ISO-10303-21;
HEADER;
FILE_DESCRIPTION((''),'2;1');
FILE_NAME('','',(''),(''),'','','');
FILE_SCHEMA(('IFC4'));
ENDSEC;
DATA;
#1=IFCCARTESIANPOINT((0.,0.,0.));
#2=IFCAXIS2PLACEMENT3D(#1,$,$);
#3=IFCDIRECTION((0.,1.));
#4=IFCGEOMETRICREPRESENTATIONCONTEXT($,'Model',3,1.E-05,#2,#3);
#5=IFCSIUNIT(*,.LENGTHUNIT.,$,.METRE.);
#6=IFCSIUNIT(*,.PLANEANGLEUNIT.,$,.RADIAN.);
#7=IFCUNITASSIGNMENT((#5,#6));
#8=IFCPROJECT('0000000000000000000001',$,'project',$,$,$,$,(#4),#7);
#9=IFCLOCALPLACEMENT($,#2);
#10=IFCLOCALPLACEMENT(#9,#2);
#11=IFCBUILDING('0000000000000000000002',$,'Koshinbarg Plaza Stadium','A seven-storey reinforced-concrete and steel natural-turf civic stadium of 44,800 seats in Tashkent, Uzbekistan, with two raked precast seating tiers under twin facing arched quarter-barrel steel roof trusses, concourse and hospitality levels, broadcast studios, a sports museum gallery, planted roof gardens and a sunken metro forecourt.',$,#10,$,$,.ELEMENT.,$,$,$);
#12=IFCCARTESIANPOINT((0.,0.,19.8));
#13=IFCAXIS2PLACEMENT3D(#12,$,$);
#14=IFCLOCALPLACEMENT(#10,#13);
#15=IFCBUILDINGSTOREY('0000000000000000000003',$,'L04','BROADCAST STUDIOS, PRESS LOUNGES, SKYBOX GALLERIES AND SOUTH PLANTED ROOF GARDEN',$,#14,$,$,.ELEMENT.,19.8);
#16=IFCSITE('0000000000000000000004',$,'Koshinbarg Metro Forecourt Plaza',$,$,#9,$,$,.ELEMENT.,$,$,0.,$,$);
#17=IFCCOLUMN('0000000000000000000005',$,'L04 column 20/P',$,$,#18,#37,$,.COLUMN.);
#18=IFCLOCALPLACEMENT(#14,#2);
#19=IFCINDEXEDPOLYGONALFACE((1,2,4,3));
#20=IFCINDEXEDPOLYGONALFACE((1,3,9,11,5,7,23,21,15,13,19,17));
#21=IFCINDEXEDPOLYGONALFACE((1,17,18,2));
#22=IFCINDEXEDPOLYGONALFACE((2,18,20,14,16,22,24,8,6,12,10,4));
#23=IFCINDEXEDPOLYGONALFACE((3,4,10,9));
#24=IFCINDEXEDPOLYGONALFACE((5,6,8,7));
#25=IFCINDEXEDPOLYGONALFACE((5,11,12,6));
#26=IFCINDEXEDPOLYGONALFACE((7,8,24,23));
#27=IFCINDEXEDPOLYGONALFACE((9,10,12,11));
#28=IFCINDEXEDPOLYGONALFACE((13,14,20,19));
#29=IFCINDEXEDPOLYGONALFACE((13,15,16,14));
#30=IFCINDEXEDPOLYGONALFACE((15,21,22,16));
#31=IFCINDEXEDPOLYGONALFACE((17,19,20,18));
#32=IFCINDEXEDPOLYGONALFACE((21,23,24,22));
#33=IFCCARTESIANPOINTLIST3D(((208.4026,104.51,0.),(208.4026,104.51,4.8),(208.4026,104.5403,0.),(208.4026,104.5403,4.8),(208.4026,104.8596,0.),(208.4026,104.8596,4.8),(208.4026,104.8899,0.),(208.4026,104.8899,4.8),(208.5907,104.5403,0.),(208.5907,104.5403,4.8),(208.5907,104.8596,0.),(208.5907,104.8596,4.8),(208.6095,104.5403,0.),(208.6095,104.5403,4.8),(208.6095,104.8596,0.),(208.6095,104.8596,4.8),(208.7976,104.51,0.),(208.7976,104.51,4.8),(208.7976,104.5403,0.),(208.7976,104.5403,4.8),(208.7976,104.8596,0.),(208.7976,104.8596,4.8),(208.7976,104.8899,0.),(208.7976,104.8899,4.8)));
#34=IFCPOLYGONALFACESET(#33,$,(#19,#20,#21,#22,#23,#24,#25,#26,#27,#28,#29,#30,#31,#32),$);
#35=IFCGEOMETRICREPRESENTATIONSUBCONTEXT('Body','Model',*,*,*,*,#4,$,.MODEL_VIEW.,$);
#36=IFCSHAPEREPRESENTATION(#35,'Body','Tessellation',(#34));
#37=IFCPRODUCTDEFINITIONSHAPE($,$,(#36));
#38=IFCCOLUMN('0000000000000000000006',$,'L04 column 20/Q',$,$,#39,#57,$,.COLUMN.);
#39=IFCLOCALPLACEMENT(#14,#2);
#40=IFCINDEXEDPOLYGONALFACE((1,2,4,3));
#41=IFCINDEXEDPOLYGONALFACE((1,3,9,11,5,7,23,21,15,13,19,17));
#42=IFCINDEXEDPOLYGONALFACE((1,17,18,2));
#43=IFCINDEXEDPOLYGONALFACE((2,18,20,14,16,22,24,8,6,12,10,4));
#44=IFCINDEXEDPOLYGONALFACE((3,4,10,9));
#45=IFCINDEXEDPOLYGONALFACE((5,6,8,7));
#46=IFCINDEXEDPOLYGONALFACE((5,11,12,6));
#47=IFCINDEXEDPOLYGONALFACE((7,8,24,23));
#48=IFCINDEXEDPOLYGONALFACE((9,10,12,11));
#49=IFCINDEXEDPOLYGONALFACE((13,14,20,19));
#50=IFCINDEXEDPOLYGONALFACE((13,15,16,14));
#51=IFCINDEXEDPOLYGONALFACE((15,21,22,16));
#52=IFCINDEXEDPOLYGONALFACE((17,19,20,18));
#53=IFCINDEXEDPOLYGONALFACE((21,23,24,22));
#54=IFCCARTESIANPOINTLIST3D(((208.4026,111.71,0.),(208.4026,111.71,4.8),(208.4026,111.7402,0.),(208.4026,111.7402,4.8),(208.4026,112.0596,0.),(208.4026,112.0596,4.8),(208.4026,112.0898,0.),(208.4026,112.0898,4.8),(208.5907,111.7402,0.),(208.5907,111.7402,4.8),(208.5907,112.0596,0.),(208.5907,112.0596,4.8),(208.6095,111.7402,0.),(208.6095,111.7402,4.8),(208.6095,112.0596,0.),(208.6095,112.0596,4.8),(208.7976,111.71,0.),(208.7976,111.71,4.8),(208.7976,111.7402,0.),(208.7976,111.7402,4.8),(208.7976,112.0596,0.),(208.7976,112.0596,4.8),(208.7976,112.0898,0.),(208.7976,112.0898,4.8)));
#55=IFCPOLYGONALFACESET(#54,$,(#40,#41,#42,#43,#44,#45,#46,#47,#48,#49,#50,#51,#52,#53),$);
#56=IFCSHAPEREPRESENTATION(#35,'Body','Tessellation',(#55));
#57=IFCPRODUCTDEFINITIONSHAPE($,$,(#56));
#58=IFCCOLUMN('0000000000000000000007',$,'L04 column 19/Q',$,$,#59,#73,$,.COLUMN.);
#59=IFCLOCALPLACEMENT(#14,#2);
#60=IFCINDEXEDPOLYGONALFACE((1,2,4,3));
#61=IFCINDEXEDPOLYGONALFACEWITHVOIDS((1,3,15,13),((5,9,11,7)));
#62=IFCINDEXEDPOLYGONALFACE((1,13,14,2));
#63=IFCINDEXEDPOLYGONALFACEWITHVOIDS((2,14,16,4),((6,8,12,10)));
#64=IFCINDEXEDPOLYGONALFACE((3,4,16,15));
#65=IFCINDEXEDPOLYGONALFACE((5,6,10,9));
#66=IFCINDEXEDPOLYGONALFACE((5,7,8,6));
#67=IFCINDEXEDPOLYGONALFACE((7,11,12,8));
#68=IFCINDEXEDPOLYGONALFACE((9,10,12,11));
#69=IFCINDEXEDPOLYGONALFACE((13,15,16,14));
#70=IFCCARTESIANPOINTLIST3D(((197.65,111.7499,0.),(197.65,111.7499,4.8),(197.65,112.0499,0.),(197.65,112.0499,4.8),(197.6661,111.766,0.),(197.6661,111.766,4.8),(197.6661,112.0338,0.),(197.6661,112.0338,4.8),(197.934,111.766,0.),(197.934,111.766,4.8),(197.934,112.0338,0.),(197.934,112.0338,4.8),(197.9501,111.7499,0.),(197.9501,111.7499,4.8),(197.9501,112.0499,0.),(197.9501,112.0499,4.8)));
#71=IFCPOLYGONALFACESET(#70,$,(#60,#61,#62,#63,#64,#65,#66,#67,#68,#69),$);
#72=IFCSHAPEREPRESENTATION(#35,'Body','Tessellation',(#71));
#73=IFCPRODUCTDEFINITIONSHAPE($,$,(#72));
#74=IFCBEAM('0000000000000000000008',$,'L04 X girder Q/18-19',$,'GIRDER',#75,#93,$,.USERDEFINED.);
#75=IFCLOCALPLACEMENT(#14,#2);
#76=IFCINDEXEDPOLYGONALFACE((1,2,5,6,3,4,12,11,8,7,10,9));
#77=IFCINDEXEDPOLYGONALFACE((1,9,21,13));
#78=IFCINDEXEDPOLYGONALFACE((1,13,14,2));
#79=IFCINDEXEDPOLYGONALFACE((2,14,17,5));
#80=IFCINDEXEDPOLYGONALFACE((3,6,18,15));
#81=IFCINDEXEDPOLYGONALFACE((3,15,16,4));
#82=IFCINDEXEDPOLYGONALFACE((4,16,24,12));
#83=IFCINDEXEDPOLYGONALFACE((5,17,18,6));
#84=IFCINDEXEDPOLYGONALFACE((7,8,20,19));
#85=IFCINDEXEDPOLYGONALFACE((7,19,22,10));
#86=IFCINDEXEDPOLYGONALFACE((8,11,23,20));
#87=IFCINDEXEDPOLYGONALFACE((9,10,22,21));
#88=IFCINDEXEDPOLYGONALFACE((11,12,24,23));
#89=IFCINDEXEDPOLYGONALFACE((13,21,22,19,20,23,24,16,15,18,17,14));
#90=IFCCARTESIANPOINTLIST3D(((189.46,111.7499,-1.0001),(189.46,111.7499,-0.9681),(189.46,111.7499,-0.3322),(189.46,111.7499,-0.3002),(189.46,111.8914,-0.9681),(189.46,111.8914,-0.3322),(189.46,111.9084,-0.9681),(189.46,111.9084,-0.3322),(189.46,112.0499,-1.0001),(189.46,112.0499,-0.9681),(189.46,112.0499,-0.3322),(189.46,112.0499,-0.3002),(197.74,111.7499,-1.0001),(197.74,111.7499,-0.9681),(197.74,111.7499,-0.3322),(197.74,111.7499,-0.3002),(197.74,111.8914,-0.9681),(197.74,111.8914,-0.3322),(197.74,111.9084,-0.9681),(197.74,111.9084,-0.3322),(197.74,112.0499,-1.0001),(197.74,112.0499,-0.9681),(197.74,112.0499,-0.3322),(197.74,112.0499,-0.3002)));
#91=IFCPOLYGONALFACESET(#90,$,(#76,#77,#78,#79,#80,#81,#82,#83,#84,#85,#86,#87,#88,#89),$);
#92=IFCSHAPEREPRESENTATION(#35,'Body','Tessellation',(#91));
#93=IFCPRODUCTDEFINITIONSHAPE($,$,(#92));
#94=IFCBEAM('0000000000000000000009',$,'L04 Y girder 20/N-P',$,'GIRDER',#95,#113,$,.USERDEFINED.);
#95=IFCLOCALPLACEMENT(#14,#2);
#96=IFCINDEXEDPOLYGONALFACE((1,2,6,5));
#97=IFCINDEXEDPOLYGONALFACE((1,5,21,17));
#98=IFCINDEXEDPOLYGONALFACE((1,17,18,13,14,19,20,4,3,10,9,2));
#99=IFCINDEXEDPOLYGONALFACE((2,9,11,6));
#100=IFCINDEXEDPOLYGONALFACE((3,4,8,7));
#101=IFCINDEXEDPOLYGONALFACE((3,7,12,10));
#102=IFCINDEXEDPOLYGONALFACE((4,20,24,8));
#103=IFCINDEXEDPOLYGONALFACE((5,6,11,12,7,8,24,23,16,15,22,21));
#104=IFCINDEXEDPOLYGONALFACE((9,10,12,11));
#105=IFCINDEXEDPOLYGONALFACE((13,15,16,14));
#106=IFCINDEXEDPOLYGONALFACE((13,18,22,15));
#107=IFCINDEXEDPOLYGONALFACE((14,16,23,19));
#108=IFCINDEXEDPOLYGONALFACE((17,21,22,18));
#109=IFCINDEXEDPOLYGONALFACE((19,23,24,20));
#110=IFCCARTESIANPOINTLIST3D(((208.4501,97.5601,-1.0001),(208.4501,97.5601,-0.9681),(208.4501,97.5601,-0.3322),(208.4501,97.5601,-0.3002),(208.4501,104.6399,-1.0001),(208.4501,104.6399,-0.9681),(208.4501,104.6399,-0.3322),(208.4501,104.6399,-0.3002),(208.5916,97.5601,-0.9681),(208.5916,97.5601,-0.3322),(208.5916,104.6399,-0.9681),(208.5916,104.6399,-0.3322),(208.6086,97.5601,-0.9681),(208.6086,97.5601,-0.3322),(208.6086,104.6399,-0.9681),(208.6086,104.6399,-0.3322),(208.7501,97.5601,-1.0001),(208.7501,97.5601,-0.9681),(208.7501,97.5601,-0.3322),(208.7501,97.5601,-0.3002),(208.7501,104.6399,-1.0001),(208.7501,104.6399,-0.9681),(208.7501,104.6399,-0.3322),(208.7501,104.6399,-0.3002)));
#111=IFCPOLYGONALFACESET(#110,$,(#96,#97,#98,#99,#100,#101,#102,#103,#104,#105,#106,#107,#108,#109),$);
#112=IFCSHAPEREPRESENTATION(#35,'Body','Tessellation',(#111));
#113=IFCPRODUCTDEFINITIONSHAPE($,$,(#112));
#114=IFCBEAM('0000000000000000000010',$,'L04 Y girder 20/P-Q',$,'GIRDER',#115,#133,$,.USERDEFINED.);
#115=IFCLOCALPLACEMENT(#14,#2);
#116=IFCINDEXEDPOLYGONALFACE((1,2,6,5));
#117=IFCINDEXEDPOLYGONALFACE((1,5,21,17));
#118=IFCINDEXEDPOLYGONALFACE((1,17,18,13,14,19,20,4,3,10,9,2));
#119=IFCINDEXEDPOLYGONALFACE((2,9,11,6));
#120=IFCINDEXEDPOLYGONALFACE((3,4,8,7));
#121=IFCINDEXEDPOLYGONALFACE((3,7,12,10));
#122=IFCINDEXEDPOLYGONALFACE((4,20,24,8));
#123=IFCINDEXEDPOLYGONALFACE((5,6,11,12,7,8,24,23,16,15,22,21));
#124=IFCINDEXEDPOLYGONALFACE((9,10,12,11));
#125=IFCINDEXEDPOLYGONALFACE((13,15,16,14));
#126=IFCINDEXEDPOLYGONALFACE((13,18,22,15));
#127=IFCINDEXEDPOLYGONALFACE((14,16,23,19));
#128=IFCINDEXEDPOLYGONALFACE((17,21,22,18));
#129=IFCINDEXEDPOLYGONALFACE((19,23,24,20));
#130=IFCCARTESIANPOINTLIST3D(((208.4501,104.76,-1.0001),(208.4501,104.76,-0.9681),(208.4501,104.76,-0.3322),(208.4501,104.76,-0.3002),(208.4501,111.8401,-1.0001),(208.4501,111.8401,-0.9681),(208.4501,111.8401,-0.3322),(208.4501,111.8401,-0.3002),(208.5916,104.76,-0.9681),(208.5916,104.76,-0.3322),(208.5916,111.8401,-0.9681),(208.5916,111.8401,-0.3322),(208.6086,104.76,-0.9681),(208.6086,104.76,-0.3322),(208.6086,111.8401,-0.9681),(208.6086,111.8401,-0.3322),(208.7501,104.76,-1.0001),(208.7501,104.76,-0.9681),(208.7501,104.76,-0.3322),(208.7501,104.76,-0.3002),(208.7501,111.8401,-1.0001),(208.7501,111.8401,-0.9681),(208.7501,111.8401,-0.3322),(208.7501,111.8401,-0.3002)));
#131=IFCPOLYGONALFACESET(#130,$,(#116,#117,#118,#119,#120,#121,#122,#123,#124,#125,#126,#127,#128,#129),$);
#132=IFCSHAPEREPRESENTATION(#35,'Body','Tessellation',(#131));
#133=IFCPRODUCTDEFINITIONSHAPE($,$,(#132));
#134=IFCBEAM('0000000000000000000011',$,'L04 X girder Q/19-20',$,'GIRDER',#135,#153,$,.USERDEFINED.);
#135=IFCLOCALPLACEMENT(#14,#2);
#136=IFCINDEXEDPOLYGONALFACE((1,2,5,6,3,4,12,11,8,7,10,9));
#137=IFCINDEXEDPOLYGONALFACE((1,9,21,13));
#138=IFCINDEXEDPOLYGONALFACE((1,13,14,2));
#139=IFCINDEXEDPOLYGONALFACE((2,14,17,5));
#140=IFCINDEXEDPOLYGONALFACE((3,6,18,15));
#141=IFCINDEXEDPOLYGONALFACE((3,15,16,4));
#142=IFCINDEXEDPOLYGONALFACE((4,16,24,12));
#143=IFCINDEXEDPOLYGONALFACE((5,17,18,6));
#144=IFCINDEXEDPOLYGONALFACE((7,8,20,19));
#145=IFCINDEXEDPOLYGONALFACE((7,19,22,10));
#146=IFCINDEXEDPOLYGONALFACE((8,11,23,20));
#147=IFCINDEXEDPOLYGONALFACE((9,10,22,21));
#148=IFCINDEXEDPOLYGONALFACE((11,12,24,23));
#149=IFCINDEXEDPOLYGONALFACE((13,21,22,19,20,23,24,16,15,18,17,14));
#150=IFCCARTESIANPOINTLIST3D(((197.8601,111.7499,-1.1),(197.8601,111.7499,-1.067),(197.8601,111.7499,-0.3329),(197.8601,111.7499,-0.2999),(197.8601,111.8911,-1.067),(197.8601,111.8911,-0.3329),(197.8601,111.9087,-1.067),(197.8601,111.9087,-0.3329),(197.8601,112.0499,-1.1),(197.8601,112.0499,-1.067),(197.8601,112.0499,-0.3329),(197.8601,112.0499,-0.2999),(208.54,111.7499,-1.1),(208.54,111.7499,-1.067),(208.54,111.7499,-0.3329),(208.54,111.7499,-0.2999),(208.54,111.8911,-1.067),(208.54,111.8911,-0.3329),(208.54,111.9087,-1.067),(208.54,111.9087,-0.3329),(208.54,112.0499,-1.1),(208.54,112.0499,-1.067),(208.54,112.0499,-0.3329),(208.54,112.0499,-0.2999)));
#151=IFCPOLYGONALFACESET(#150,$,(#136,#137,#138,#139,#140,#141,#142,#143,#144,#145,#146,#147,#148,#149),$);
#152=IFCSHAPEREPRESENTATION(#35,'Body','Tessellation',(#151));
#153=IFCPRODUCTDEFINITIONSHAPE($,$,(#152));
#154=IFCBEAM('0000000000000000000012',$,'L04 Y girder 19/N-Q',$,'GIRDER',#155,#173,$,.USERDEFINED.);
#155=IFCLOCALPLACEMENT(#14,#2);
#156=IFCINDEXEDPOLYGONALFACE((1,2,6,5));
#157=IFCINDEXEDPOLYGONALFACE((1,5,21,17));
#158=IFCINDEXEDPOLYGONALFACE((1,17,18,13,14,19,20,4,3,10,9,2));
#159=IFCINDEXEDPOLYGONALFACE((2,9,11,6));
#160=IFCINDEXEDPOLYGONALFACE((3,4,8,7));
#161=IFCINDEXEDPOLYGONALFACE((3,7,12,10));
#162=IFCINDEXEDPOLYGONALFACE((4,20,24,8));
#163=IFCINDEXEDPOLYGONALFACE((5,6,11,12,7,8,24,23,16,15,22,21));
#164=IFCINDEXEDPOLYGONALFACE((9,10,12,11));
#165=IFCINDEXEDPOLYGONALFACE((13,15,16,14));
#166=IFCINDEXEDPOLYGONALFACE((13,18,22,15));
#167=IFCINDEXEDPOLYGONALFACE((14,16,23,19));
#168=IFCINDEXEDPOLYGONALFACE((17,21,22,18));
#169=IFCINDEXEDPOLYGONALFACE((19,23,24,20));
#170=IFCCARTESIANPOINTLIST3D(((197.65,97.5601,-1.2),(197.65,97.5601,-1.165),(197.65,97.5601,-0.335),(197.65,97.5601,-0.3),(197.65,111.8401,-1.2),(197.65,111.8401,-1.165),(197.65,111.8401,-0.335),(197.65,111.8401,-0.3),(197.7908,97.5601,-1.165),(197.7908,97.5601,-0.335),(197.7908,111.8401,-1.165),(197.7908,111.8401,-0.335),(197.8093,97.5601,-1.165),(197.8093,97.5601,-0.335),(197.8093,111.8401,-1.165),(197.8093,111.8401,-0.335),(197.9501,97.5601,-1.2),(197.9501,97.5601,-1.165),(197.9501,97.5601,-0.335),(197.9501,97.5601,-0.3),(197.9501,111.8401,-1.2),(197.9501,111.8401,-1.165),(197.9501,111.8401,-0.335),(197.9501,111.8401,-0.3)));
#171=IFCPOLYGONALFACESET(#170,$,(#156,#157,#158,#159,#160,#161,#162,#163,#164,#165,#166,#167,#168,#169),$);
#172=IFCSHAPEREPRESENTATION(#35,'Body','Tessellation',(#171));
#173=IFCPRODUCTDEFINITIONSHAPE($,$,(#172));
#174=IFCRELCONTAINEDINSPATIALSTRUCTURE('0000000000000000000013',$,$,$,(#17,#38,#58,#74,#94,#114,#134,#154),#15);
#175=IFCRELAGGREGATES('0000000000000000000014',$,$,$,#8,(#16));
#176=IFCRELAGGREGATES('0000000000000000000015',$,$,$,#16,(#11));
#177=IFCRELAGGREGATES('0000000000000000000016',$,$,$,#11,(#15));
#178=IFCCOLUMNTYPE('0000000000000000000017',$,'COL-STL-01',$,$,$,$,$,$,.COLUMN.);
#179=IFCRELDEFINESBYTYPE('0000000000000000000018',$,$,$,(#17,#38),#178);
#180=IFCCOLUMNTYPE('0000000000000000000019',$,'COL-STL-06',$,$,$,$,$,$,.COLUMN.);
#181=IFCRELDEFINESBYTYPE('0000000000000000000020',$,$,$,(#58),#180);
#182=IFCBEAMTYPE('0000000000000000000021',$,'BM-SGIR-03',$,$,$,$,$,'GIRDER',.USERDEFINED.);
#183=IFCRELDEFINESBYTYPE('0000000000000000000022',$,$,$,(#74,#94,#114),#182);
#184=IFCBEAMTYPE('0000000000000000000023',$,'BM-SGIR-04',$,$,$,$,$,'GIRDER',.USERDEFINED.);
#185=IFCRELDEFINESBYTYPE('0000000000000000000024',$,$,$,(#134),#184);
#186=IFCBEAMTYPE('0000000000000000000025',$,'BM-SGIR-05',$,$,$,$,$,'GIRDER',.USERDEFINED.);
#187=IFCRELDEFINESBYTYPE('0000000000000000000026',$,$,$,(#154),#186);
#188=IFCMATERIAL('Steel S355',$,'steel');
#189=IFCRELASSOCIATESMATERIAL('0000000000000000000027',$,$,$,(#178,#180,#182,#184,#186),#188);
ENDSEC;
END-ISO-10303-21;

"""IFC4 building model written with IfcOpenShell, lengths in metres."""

from ifc_helpers import new_model, si_unit, direction, frame, origin, origin_2d, place, context, subcontext, project, spatial, hollow_rectangle, i_section, extrude, material, material_profile, profile_set, type_object, element, save


model = new_model("IFC4")

# Units and contexts
model_context = context("Model", 3, precision=1e-05, world=origin(), true_north=direction((0.0, 1.0)))
body_context = subcontext(model_context, "Body", "Model", "MODEL_VIEW")
ifc_project = project(units=[si_unit("LENGTHUNIT", "METRE"), si_unit("PLANEANGLEUNIT", "RADIAN")], contexts=[model_context])

# Site, building, storey
site_placement = place(None, origin())
site = spatial("IfcSite", under=ifc_project, at=site_placement, Name="Koshinbarg Metro Forecourt Plaza", CompositionType="ELEMENT", RefElevation=0.0)
building_placement = place(site_placement, origin())
building = spatial("IfcBuilding", under=site, at=building_placement, Name="Koshinbarg Plaza Stadium", Description="A seven-storey reinforced-concrete and steel natural-turf civic stadium of 44,800 seats in Tashkent, Uzbekistan, with two raked precast seating tiers under twin facing arched quarter-barrel steel roof trusses, concourse and hospitality levels, broadcast studios, a sports museum gallery, planted roof gardens and a sunken metro forecourt.", CompositionType="ELEMENT")
storey_placement = place(building_placement, frame((0.0, 0.0, 19.8)))
storey = spatial("IfcBuildingStorey", under=building, at=storey_placement, Name="L04", Description="BROADCAST STUDIOS, PRESS LOUNGES, SKYBOX GALLERIES AND SOUTH PLANTED ROOF GARDEN", CompositionType="ELEMENT", Elevation=19.8)

# Columns
ifc_material_1 = material(Name="Steel S355", Category="steel")
ifc_material_profile_1 = material_profile(ifc_material_1, i_section(OverallWidth=0.395, OverallDepth=0.3799, WebThickness=0.0188, FlangeThickness=0.0303, at=origin_2d()), Name="HD 400x237")
ifc_profile_set_1 = profile_set([ifc_material_profile_1], Name="Steel S355")
column_type_1 = type_object("IfcColumnType", Name="COL-STL-01", PredefinedType="COLUMN", material=ifc_profile_set_1)
for number, where, z_axis, x_axis, name in (
    (1, (208.6001, 104.7, 0.0), (0.0, 0.0, 1.0), (1.0, 0.0, 0.0), "L04 column 20/P"),
    (2, (208.6001, 111.8999, 0.0), (0.0, 0.0, 1.0), (1.0, 0.0, 0.0), "L04 column 20/Q"),
):
    element("IfcColumn", number, at=place(storey_placement, frame(where, z_axis=z_axis, x_axis=x_axis)), inside=storey, type_object=column_type_1, Name=name, PredefinedType="COLUMN", context=body_context, shape_type="SweptSolid", body=[
        extrude(i_section(OverallWidth=0.395, OverallDepth=0.3799, WebThickness=0.0188, FlangeThickness=0.0303, at=origin_2d()), origin(), (0.0, 0.0, 1.0), 4.8),
    ])
ifc_material_profile_2 = material_profile(ifc_material_1, hollow_rectangle(XDim=0.3, YDim=0.3, WallThickness=0.0161, at=origin_2d()), Name="SHS 300x300x16")
ifc_profile_set_2 = profile_set([ifc_material_profile_2], Name="Steel S355")
column_type_2 = type_object("IfcColumnType", Name="COL-STL-06", PredefinedType="COLUMN", material=ifc_profile_set_2)
column_placement = place(storey_placement, frame((197.8, 111.8999, 0.0), z_axis=(0.0, 0.0, 1.0), x_axis=(1.0, 0.0, 0.0)))
element("IfcColumn", 3, at=column_placement, inside=storey, type_object=column_type_2, Name="L04 column 19/Q", PredefinedType="COLUMN", context=body_context, shape_type="SweptSolid", body=[
    extrude(hollow_rectangle(XDim=0.3, YDim=0.3, WallThickness=0.0161, at=origin_2d()), origin(), (0.0, 0.0, 1.0), 4.8),
])

# Beams
ifc_material_profile_3 = material_profile(ifc_material_1, i_section(OverallWidth=0.3, OverallDepth=0.7, WebThickness=0.0171, FlangeThickness=0.032, at=origin_2d()), Name="HEB 700")
ifc_profile_set_3 = profile_set([ifc_material_profile_3], Name="Steel S355")
beam_type_1 = type_object("IfcBeamType", Name="BM-SGIR-03", ElementType="GIRDER", PredefinedType="USERDEFINED", material=ifc_profile_set_3)
beam_1_placement = place(storey_placement, frame((189.46, 111.8999, -0.6501), z_axis=(1.0, 0.0, 0.0), x_axis=(0.0, 1.0, 0.0)))
element("IfcBeam", 4, at=beam_1_placement, inside=storey, type_object=beam_type_1, Name="L04 X girder Q/18-19", ObjectType="GIRDER", PredefinedType="USERDEFINED", context=body_context, shape_type="SweptSolid", body=[
    extrude(i_section(OverallWidth=0.3, OverallDepth=0.7, WebThickness=0.0171, FlangeThickness=0.032, at=origin_2d()), origin(), (0.0, 0.0, 1.0), 8.28),
])
beam_2_placement = place(storey_placement, frame((208.6001, 97.5601, -0.6501), z_axis=(0.0, 1.0, 0.0), x_axis=(-1.0, 0.0, 0.0)))
element("IfcBeam", 5, at=beam_2_placement, inside=storey, type_object=beam_type_1, Name="L04 Y girder 20/N-P", ObjectType="GIRDER", PredefinedType="USERDEFINED", context=body_context, shape_type="SweptSolid", body=[
    extrude(i_section(OverallWidth=0.3, OverallDepth=0.7, WebThickness=0.0171, FlangeThickness=0.032, at=origin_2d()), origin(), (0.0, 0.0, 1.0), 7.0798),
])
beam_3_placement = place(storey_placement, frame((208.6001, 104.76, -0.6501), z_axis=(0.0, 1.0, 0.0), x_axis=(-1.0, 0.0, 0.0)))
element("IfcBeam", 6, at=beam_3_placement, inside=storey, type_object=beam_type_1, Name="L04 Y girder 20/P-Q", ObjectType="GIRDER", PredefinedType="USERDEFINED", context=body_context, shape_type="SweptSolid", body=[
    extrude(i_section(OverallWidth=0.3, OverallDepth=0.7, WebThickness=0.0171, FlangeThickness=0.032, at=origin_2d()), origin(), (0.0, 0.0, 1.0), 7.0801),
])
ifc_material_profile_4 = material_profile(ifc_material_1, i_section(OverallWidth=0.3, OverallDepth=0.8, WebThickness=0.0176, FlangeThickness=0.033, at=origin_2d()), Name="HEB 800")
ifc_profile_set_4 = profile_set([ifc_material_profile_4], Name="Steel S355")
beam_type_2 = type_object("IfcBeamType", Name="BM-SGIR-04", ElementType="GIRDER", PredefinedType="USERDEFINED", material=ifc_profile_set_4)
beam_4_placement = place(storey_placement, frame((197.8601, 111.8999, -0.7), z_axis=(1.0, 0.0, 0.0), x_axis=(0.0, 1.0, 0.0)))
element("IfcBeam", 7, at=beam_4_placement, inside=storey, type_object=beam_type_2, Name="L04 X girder Q/19-20", ObjectType="GIRDER", PredefinedType="USERDEFINED", context=body_context, shape_type="SweptSolid", body=[
    extrude(i_section(OverallWidth=0.3, OverallDepth=0.8, WebThickness=0.0176, FlangeThickness=0.033, at=origin_2d()), origin(), (0.0, 0.0, 1.0), 10.6799),
])
ifc_material_profile_5 = material_profile(ifc_material_1, i_section(OverallWidth=0.3, OverallDepth=0.8999, WebThickness=0.0186, FlangeThickness=0.0349, at=origin_2d()), Name="HEB 900")
ifc_profile_set_5 = profile_set([ifc_material_profile_5], Name="Steel S355")
beam_type_3 = type_object("IfcBeamType", Name="BM-SGIR-05", ElementType="GIRDER", PredefinedType="USERDEFINED", material=ifc_profile_set_5)
beam_5_placement = place(storey_placement, frame((197.8, 97.5601, -0.75), z_axis=(0.0, 1.0, 0.0), x_axis=(-1.0, 0.0, 0.0)))
element("IfcBeam", 8, at=beam_5_placement, inside=storey, type_object=beam_type_3, Name="L04 Y girder 19/N-Q", ObjectType="GIRDER", PredefinedType="USERDEFINED", context=body_context, shape_type="SweptSolid", body=[
    extrude(i_section(OverallWidth=0.3, OverallDepth=0.8999, WebThickness=0.0186, FlangeThickness=0.0349, at=origin_2d()), origin(), (0.0, 0.0, 1.0), 14.28),
])

save(model, "model.ifc")
